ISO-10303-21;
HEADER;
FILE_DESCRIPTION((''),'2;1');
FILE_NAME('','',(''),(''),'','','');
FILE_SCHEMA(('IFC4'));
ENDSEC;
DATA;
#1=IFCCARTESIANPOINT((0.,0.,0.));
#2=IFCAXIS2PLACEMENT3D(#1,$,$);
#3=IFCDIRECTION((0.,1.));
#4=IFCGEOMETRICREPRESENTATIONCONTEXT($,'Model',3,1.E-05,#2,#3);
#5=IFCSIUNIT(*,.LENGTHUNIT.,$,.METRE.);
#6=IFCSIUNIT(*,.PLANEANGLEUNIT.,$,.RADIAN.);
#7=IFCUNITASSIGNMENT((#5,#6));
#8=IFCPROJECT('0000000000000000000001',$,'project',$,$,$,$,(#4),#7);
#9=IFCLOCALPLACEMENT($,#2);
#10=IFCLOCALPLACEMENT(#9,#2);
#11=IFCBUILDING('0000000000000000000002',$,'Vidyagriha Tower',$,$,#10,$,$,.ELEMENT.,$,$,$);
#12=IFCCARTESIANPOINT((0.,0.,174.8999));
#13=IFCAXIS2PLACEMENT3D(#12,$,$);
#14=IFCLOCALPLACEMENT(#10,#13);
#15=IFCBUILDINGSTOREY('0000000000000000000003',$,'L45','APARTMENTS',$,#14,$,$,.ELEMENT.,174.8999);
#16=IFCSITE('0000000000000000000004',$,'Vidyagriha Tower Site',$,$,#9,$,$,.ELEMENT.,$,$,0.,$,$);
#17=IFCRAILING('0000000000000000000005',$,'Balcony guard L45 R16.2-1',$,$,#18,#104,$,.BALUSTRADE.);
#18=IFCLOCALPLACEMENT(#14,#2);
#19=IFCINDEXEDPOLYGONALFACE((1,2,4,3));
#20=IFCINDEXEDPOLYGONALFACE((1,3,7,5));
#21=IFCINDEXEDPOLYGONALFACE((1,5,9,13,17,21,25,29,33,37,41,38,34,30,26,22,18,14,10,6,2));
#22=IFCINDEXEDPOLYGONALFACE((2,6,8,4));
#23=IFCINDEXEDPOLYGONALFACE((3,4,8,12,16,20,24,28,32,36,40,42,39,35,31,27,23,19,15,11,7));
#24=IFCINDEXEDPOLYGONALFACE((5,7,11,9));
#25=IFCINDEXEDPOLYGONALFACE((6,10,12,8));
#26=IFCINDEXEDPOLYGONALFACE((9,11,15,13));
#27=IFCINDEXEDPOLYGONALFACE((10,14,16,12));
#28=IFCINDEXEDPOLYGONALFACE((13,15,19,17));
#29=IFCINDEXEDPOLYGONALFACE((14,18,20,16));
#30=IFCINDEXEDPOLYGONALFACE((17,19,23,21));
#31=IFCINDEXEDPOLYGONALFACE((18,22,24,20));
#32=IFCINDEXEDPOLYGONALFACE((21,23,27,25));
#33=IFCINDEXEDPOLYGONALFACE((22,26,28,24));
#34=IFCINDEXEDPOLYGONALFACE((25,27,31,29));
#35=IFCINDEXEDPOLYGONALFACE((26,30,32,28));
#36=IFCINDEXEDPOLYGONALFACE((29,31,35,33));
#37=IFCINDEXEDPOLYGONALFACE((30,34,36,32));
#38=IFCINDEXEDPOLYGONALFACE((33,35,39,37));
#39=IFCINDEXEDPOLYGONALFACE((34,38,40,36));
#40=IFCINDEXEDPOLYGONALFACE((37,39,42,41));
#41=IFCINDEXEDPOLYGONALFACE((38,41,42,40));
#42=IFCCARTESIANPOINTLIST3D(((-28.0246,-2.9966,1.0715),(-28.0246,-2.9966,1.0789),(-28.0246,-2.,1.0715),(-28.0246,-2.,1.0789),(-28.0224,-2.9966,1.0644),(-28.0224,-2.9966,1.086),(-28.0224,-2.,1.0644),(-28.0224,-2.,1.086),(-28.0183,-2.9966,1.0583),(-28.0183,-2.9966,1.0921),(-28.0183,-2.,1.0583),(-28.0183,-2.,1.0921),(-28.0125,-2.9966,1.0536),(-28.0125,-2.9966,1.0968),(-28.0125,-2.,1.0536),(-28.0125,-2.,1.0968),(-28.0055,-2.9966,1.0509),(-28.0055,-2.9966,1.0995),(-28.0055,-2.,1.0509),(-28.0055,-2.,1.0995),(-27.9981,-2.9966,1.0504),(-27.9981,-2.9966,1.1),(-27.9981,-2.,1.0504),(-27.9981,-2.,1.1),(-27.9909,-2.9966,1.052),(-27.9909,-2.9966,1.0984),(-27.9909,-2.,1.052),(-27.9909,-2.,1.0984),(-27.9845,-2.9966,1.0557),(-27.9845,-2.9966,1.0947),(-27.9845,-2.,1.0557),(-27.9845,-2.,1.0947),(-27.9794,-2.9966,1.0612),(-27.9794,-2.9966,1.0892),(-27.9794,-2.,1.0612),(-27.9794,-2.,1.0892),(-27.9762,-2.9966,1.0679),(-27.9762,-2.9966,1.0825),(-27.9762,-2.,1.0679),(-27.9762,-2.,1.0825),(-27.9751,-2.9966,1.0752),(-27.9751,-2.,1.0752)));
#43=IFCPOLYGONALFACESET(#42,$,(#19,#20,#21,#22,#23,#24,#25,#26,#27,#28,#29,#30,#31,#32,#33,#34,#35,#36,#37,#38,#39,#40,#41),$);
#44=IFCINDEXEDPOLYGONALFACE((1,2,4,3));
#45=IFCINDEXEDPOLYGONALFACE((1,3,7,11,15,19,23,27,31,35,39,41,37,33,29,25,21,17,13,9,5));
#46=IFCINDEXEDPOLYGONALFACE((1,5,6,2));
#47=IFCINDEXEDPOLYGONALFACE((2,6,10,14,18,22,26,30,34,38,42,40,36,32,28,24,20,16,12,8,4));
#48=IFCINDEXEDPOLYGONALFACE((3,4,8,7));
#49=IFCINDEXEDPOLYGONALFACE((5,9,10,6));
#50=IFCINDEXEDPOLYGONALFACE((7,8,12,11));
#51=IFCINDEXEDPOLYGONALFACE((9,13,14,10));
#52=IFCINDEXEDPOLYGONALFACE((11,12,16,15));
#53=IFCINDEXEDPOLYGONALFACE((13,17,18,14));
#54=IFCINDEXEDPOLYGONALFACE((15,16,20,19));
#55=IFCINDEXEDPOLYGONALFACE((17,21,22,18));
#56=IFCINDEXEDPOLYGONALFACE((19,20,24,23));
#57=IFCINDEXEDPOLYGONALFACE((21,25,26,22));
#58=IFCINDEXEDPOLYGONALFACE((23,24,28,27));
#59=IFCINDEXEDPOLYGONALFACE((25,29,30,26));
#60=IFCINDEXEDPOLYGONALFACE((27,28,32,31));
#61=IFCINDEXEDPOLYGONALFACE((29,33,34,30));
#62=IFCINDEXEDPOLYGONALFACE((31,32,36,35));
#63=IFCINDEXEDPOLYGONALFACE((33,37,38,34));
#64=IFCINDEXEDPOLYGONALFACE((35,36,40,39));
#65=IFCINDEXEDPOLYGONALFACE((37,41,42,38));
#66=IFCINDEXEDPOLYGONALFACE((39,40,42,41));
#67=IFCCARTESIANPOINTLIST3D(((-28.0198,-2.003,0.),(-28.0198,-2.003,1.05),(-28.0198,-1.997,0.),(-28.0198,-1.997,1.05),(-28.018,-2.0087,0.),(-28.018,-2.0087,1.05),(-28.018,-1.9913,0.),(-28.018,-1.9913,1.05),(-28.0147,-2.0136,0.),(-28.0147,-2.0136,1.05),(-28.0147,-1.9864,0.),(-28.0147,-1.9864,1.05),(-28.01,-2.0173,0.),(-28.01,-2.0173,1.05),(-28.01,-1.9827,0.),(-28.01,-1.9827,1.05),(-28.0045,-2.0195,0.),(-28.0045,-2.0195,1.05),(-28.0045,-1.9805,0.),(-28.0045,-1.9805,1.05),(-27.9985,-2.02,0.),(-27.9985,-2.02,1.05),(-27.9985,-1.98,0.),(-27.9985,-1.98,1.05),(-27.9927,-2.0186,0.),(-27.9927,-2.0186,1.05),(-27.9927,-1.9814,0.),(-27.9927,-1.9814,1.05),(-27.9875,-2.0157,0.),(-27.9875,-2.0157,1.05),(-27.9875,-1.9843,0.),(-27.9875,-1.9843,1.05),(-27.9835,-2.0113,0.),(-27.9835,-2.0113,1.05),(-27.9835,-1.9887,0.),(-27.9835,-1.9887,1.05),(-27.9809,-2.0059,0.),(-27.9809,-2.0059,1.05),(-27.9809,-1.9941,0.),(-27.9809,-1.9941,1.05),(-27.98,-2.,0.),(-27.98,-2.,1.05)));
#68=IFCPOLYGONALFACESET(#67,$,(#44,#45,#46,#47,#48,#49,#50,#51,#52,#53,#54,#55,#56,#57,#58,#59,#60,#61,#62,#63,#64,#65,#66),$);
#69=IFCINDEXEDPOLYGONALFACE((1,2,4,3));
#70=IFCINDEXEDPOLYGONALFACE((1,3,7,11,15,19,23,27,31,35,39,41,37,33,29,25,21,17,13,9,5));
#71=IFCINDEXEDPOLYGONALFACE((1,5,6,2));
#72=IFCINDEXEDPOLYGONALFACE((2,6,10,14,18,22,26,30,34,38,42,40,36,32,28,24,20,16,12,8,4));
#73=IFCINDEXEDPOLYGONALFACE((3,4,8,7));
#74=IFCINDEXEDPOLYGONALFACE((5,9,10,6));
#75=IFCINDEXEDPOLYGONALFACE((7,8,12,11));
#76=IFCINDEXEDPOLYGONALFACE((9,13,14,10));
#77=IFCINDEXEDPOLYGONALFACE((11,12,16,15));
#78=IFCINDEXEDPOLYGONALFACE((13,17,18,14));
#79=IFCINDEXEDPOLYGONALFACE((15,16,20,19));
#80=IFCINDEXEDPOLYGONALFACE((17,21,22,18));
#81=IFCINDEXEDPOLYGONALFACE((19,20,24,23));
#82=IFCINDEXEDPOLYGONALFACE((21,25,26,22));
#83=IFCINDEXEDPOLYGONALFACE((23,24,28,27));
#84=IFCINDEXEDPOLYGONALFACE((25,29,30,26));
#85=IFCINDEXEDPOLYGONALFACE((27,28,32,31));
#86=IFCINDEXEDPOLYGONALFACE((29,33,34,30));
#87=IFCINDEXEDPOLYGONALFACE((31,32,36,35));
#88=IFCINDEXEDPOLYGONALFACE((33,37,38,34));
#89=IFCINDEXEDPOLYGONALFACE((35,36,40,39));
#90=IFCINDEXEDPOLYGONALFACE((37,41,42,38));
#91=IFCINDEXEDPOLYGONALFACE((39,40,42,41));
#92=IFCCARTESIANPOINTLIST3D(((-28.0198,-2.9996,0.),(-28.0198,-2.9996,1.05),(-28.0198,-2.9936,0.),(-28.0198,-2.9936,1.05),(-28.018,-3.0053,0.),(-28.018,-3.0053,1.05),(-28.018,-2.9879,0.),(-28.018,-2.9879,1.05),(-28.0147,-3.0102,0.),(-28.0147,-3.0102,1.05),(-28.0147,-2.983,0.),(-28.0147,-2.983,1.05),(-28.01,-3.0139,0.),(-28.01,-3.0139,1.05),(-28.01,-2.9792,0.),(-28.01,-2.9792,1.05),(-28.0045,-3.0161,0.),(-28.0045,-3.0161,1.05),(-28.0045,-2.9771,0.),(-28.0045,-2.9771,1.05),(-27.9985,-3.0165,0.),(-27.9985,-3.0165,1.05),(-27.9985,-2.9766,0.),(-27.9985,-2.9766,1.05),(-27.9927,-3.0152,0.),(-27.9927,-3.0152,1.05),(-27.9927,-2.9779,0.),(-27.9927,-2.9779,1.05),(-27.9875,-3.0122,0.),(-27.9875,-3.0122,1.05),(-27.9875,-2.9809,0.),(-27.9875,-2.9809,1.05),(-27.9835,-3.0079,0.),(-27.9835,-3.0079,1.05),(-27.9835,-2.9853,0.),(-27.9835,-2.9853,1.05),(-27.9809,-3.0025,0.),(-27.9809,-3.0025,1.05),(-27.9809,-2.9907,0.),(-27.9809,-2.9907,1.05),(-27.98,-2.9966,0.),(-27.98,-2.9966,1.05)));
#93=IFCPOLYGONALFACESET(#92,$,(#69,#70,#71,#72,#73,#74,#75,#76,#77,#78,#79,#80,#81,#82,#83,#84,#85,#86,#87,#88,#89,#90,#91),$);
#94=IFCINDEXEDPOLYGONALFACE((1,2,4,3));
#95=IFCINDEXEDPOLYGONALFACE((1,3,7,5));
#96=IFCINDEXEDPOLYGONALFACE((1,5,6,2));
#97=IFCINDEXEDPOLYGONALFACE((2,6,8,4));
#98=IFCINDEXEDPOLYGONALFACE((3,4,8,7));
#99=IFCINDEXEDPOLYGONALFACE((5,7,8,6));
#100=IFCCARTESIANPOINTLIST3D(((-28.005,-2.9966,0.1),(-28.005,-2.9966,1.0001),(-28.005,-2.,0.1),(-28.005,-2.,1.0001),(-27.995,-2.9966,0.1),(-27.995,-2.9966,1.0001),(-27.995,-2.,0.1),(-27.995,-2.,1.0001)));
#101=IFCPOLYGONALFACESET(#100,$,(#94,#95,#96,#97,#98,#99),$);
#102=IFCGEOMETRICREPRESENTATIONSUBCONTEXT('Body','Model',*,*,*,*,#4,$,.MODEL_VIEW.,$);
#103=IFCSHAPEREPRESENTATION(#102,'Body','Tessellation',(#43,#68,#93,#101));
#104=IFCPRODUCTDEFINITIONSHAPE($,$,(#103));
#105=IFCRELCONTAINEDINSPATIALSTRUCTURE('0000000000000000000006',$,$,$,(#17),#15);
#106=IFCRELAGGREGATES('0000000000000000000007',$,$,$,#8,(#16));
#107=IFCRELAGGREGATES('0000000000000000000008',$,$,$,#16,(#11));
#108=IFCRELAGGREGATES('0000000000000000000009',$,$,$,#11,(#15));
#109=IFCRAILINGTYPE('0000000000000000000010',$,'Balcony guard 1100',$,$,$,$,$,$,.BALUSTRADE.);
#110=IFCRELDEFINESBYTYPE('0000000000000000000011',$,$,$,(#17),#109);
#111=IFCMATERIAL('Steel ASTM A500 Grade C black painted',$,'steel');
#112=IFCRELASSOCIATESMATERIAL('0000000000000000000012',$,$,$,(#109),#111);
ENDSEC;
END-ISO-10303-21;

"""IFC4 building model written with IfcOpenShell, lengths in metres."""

from ifc_helpers import new_model, si_unit, direction, frame, origin, origin_2d, place, context, subcontext, project, spatial, rectangle, circle, extrude, material, type_object, element, save


model = new_model("IFC4")

# Units and contexts
model_context = context("Model", 3, precision=1e-05, world=origin(), true_north=direction((0.0, 1.0)))
body_context = subcontext(model_context, "Body", "Model", "MODEL_VIEW")
ifc_project = project(units=[si_unit("LENGTHUNIT", "METRE"), si_unit("PLANEANGLEUNIT", "RADIAN")], contexts=[model_context])

# Site, building, storey
site_placement = place(None, origin())
site = spatial("IfcSite", under=ifc_project, at=site_placement, Name="Vidyagriha Tower Site", CompositionType="ELEMENT", RefElevation=0.0)
building_placement = place(site_placement, origin())
building = spatial("IfcBuilding", under=site, at=building_placement, Name="Vidyagriha Tower", CompositionType="ELEMENT")
storey_placement = place(building_placement, frame((0.0, 0.0, 174.8999)))
storey = spatial("IfcBuildingStorey", under=building, at=storey_placement, Name="L45", Description="APARTMENTS", CompositionType="ELEMENT", Elevation=174.8999)

# Railing
ifc_material_1 = material(Name="Steel ASTM A500 Grade C black painted", Category="steel")
railing_type_1 = type_object("IfcRailingType", Name="Balcony guard 1100", PredefinedType="BALUSTRADE", material=ifc_material_1)
railing_1_placement = place(storey_placement, frame((-28.0, -2.0, 0.0)))
element("IfcRailing", 1, at=railing_1_placement, inside=storey, type_object=railing_type_1, Name="Balcony guard L45 R16.2-1", PredefinedType="BALUSTRADE", context=body_context, shape_type="SweptSolid", body=[
    extrude(circle(Radius=0.0249, at=origin_2d()), frame((0.0, 0.0, 1.0752), z_axis=(0.0, -1.0, 0.0), x_axis=(1.0, 0.0, 0.0)), (0.0, 0.0, 1.0), 0.9966),
    extrude(circle(Radius=0.02, at=origin_2d()), origin(), (0.0, 0.0, 1.0), 1.05),
    extrude(circle(Radius=0.02, at=origin_2d()), frame((0.0, -0.9966, 0.0)), (0.0, 0.0, 1.0), 1.05),
    extrude(rectangle(XDim=0.01, YDim=0.9001, at=origin_2d()), frame((0.0, 0.0, 0.55), z_axis=(0.0, -1.0, 0.0), x_axis=(1.0, 0.0, 0.0)), (0.0, 0.0, 1.0), 0.9966),
])

save(model, "model.ifc")
